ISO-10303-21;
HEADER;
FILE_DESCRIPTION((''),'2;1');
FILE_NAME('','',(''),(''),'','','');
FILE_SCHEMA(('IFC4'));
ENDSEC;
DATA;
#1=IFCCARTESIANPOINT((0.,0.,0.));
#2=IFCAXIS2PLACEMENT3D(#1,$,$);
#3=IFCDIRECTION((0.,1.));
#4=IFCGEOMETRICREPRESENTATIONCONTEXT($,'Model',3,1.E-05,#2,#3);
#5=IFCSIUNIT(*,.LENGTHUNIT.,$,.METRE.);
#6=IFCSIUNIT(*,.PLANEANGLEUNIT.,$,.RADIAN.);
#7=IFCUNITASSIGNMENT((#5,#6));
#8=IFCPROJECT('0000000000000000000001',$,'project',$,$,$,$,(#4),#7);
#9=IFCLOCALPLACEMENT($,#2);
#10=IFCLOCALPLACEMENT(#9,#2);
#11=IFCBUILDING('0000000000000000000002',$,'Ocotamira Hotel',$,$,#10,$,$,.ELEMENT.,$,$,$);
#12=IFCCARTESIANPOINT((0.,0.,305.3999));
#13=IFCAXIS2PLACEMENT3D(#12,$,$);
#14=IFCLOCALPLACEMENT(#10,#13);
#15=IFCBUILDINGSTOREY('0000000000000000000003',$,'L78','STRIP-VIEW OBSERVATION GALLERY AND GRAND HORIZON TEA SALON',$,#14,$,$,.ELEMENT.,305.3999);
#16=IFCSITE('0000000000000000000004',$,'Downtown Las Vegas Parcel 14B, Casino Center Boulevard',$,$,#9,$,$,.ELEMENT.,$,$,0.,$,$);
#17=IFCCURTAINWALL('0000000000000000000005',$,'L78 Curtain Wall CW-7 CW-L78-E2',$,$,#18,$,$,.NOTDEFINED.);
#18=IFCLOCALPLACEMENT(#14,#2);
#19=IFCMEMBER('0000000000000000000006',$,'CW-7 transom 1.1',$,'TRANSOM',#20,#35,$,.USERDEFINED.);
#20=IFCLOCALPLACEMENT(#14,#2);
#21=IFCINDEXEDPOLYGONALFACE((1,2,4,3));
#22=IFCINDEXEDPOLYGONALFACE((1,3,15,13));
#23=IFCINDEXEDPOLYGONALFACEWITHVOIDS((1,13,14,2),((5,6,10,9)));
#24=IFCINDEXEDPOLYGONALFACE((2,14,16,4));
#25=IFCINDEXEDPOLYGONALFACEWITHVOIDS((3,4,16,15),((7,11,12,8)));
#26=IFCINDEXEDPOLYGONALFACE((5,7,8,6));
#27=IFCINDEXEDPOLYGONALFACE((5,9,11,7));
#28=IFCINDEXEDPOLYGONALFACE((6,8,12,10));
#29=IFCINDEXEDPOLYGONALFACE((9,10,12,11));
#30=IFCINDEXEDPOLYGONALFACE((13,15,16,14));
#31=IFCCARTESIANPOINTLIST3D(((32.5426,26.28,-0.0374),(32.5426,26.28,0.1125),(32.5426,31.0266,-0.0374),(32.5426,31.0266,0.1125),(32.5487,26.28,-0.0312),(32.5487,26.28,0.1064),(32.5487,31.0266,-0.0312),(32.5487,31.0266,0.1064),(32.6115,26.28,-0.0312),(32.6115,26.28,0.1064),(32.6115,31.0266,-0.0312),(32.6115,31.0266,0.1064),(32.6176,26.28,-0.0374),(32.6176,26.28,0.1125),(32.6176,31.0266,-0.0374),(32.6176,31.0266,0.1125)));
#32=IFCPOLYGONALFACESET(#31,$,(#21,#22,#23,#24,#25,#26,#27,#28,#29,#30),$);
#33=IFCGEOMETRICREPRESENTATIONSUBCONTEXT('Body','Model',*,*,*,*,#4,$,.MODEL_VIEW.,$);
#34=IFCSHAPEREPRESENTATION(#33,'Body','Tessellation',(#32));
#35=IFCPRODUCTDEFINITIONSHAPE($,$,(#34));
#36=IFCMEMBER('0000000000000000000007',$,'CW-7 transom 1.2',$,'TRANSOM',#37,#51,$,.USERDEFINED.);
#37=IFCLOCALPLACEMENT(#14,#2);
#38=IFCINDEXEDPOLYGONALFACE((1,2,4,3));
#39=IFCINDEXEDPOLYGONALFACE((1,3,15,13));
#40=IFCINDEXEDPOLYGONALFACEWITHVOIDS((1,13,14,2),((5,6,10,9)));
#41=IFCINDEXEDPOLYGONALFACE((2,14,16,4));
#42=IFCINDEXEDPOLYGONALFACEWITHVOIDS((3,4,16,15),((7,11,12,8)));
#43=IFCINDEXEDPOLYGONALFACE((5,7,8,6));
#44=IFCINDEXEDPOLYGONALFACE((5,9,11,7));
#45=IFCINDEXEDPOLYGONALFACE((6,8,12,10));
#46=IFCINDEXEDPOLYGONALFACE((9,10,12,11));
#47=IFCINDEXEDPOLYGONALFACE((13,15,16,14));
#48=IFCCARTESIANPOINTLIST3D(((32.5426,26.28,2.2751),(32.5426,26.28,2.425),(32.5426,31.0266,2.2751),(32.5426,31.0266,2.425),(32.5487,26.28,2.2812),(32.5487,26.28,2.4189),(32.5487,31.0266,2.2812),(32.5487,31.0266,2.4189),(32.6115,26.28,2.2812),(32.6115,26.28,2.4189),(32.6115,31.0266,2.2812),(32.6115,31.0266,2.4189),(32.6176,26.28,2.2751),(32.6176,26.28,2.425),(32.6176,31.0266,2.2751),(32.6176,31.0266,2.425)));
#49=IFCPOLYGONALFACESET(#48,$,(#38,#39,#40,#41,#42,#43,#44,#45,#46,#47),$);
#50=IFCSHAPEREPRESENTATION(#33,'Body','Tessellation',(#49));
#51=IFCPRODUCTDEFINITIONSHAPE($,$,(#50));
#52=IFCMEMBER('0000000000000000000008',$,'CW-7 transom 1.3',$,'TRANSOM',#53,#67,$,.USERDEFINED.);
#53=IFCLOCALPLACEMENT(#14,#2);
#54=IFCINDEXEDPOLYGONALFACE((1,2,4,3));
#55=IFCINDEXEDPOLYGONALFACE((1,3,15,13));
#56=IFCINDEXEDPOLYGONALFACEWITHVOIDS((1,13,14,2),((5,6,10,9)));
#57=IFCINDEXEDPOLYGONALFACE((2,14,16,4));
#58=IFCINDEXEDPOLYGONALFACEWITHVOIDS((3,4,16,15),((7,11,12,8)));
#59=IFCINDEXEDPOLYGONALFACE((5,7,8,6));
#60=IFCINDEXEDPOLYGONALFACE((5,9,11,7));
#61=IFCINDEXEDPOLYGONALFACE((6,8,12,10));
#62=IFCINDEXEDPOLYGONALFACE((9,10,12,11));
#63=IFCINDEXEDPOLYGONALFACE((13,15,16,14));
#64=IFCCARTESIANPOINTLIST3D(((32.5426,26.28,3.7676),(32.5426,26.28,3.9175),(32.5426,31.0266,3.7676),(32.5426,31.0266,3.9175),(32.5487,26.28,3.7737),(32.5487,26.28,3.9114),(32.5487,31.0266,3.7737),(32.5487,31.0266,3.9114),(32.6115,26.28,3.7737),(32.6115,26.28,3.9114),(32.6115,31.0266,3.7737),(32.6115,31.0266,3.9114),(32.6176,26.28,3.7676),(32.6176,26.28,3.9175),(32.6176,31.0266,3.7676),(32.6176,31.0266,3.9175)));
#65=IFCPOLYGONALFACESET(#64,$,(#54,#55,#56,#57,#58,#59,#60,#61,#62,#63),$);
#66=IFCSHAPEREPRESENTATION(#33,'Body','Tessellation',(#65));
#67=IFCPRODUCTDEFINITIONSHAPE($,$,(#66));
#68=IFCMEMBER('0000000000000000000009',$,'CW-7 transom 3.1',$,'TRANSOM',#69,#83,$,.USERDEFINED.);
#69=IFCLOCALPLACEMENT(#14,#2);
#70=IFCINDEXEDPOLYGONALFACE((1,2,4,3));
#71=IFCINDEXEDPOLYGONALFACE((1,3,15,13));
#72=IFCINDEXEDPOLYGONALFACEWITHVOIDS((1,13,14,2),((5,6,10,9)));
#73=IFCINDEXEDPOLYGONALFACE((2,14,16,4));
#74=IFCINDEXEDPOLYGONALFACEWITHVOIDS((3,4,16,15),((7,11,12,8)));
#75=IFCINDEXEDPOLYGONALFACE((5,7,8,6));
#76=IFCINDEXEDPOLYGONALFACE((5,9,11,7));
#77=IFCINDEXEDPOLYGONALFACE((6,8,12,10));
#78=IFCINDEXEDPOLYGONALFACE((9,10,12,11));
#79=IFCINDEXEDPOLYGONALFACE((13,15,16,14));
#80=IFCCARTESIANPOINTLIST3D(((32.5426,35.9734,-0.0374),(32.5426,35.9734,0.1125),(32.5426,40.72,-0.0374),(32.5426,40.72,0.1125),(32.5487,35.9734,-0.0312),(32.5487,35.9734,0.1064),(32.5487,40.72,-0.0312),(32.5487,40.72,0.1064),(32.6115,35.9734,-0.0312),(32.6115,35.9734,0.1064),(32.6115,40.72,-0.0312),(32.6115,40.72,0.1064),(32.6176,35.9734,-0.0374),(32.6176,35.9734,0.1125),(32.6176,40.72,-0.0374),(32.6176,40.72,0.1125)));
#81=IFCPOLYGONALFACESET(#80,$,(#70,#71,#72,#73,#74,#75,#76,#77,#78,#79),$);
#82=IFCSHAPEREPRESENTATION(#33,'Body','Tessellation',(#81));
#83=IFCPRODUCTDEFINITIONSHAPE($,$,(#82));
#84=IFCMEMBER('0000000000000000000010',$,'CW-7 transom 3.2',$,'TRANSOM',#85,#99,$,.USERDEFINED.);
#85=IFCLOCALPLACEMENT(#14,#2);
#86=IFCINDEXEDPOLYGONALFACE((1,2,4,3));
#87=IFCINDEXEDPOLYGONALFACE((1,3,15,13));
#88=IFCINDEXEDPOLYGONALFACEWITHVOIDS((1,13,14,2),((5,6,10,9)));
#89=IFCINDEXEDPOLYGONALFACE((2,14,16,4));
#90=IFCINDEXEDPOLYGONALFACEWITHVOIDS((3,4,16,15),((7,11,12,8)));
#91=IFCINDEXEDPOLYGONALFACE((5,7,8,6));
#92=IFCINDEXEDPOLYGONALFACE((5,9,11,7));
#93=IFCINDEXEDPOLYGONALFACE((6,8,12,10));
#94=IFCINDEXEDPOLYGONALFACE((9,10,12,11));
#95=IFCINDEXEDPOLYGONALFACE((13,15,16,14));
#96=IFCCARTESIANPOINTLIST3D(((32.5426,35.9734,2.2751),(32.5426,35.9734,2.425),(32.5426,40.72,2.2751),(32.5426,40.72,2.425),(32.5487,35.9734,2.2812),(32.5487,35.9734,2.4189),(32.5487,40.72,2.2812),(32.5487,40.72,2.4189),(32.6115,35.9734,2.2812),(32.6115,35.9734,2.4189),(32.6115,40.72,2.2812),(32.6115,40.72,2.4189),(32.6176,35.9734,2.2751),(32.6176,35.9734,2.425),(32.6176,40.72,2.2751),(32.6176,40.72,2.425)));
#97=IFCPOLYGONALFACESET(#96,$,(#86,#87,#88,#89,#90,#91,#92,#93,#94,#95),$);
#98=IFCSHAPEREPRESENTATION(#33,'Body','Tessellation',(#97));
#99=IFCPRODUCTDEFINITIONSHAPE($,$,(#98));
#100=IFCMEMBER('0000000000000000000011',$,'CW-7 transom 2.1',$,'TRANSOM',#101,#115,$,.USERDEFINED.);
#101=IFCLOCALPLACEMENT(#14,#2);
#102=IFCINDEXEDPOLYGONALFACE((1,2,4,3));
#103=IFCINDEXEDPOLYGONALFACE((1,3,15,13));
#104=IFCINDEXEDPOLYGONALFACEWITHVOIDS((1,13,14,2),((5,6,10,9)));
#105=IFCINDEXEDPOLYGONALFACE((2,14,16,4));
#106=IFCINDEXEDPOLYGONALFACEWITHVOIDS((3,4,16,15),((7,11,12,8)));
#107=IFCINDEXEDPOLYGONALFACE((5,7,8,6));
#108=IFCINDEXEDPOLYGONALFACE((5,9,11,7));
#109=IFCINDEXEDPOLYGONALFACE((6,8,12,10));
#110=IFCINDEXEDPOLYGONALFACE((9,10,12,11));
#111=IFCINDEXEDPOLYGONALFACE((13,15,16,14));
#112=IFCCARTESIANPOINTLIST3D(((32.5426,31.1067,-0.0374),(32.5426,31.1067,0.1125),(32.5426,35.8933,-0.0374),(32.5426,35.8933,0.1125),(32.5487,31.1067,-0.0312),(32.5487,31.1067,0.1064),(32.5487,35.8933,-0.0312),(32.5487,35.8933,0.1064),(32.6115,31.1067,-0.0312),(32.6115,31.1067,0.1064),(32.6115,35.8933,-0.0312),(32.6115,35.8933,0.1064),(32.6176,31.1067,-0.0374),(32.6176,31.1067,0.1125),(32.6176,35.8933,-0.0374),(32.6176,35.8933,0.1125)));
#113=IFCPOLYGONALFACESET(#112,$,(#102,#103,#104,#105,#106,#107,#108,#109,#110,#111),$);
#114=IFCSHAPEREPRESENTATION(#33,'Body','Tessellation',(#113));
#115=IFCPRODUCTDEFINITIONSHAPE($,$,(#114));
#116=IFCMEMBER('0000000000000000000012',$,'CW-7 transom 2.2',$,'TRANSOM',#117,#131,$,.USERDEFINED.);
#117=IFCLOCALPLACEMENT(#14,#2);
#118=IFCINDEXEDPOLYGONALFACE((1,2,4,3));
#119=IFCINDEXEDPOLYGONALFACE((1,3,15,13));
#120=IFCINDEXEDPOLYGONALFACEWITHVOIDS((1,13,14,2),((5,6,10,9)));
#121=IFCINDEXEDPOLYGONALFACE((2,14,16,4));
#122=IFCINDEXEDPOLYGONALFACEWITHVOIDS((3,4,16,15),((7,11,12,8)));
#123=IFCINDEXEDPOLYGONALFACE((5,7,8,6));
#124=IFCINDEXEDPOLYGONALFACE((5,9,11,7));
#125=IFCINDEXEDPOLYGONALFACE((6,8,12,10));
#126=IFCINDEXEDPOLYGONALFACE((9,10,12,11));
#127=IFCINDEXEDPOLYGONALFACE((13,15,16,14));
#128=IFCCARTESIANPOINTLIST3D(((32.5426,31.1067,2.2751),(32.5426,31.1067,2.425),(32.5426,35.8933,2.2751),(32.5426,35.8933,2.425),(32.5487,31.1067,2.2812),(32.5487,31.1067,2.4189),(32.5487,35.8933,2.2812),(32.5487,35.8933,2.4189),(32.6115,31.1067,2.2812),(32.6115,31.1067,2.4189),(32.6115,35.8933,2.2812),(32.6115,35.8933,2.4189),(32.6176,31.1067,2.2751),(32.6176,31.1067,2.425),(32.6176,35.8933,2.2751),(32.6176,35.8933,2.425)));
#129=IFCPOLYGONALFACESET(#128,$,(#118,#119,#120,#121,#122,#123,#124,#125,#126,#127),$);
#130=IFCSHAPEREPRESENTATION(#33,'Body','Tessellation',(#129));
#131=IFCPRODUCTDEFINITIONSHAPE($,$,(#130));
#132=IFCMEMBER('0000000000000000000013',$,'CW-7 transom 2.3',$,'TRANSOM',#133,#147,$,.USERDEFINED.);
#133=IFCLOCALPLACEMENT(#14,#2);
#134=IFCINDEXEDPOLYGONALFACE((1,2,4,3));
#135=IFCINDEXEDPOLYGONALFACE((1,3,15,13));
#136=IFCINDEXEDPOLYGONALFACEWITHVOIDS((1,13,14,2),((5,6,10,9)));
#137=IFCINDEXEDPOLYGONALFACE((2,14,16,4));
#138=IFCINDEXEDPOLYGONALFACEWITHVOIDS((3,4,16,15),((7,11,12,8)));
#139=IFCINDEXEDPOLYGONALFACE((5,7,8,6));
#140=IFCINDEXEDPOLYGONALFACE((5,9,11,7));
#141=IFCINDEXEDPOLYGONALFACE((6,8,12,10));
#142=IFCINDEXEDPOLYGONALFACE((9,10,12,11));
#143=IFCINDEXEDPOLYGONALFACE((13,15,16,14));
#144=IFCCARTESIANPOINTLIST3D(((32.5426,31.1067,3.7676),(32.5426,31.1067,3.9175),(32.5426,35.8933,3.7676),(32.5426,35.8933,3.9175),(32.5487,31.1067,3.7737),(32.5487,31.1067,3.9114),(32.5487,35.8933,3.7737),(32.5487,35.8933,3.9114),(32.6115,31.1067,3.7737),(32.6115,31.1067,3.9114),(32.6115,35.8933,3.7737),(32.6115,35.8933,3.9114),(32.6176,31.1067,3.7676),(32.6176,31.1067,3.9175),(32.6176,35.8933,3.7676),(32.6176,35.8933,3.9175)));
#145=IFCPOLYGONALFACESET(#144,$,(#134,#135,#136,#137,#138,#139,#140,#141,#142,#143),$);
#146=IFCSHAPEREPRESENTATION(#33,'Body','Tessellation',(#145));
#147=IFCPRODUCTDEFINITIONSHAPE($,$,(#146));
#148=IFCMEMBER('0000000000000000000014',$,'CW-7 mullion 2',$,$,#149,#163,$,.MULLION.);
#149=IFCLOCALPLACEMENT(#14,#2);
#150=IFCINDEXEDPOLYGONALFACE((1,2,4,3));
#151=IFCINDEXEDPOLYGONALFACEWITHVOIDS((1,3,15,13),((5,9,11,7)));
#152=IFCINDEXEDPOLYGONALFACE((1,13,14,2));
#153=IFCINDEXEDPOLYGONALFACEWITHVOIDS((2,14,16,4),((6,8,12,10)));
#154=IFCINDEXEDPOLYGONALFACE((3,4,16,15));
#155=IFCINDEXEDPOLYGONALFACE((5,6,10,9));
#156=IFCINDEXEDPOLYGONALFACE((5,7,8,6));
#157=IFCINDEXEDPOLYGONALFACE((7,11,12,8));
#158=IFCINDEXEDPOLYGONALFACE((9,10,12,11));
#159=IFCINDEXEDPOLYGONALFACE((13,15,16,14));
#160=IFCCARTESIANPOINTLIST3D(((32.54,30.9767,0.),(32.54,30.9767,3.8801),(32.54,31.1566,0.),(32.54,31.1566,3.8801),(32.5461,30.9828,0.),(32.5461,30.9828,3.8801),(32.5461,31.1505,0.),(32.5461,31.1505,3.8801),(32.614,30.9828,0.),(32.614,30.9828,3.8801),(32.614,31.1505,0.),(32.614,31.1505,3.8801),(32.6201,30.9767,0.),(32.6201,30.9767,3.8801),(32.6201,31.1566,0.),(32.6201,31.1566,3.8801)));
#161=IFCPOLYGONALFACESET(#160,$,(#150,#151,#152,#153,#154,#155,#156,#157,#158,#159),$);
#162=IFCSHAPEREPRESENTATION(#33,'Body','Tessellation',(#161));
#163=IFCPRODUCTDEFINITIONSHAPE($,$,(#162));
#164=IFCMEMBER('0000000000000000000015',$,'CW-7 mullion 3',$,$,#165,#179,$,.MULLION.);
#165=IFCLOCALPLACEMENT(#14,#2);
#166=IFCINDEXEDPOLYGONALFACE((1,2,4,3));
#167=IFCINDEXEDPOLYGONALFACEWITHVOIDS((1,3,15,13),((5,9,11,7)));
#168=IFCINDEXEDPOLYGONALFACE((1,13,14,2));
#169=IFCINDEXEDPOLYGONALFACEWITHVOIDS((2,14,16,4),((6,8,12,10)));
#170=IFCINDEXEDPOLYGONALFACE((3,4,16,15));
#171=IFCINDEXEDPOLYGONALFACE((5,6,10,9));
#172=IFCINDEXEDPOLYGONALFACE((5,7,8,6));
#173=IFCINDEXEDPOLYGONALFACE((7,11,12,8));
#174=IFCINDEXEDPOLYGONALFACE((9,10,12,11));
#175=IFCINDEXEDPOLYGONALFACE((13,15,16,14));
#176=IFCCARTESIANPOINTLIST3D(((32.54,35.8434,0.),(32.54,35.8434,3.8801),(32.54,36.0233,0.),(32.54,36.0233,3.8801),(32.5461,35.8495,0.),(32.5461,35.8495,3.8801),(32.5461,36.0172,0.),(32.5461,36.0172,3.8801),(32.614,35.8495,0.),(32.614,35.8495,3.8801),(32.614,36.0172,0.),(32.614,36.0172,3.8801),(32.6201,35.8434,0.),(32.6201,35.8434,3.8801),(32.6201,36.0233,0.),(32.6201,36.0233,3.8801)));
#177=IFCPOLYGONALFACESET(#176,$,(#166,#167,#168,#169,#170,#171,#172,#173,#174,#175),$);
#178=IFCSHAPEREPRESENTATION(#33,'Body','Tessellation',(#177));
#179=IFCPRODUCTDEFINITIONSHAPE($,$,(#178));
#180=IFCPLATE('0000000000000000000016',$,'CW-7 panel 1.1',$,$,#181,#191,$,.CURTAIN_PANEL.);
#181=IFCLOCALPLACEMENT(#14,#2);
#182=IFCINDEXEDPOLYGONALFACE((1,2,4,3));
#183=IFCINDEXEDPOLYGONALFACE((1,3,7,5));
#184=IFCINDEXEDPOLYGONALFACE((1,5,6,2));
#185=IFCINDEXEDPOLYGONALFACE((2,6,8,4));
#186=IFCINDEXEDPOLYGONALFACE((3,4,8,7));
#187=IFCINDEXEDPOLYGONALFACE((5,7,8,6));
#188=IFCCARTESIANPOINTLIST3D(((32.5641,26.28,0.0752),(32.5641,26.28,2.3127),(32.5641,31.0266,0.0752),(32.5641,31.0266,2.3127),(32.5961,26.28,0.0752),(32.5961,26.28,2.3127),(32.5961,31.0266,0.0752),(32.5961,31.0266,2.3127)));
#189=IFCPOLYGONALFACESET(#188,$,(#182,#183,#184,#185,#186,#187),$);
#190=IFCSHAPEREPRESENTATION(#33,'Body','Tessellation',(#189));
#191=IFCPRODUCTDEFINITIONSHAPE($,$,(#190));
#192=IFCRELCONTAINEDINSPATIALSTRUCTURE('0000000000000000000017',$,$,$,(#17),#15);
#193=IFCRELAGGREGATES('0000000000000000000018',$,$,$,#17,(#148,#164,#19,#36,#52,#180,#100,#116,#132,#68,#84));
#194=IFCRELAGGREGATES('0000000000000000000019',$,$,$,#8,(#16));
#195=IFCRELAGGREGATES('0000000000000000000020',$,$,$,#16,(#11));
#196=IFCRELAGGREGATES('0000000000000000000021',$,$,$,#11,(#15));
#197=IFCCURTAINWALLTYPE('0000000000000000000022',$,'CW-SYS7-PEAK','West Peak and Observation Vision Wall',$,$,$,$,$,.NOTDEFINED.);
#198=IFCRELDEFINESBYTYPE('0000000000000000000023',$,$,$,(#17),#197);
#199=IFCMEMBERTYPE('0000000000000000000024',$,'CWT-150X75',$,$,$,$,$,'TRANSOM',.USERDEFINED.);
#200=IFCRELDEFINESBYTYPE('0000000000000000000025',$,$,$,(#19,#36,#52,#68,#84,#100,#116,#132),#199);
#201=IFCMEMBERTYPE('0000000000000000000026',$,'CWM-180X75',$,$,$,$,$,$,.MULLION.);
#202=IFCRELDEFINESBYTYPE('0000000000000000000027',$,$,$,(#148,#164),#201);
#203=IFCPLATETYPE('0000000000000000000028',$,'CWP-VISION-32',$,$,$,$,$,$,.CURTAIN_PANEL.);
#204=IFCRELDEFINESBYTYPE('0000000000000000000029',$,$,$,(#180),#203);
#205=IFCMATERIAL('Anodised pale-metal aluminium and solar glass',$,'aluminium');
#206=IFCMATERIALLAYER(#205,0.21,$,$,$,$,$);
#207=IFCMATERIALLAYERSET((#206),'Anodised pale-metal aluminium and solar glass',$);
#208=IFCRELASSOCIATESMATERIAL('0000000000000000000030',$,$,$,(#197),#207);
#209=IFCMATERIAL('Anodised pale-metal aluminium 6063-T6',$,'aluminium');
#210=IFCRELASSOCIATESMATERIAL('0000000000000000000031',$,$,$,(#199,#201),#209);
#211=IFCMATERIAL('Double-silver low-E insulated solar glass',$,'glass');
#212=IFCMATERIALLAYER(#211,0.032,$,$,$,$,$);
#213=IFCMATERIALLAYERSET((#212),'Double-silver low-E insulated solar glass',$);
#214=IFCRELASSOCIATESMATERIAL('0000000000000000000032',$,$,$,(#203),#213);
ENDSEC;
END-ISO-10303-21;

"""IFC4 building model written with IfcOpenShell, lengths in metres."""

from ifc_helpers import new_model, si_unit, direction, frame, origin, origin_2d, place, context, subcontext, project, spatial, rectangle, hollow_rectangle, extrude, source, transform, mapped, material, layer, layer_set, material_profile, profile_set, type_object, element, aggregate, save


model = new_model("IFC4")

# Units and contexts
model_context = context("Model", 3, precision=1e-05, world=origin(), true_north=direction((0.0, 1.0)))
body_context = subcontext(model_context, "Body", "Model", "MODEL_VIEW")
ifc_project = project(units=[si_unit("LENGTHUNIT", "METRE"), si_unit("PLANEANGLEUNIT", "RADIAN")], contexts=[model_context])

# Site, building, storey
site_placement = place(None, origin())
site = spatial("IfcSite", under=ifc_project, at=site_placement, Name="Downtown Las Vegas Parcel 14B, Casino Center Boulevard", CompositionType="ELEMENT", RefElevation=0.0)
building_placement = place(site_placement, origin())
building = spatial("IfcBuilding", under=site, at=building_placement, Name="Ocotamira Hotel", CompositionType="ELEMENT")
storey_placement = place(building_placement, frame((0.0, 0.0, 305.3999)))
storey = spatial("IfcBuildingStorey", under=building, at=storey_placement, Name="L78", Description="STRIP-VIEW OBSERVATION GALLERY AND GRAND HORIZON TEA SALON", CompositionType="ELEMENT", Elevation=305.3999)

# Curtain wall, members, plate
ifc_material_1 = material(Name="Anodised pale-metal aluminium and solar glass", Category="aluminium")
ifc_layer_1 = layer(ifc_material_1, 0.21)
ifc_layer_set_1 = layer_set([ifc_layer_1], Name="Anodised pale-metal aluminium and solar glass")
curtain_wall_type = type_object("IfcCurtainWallType", Name="CW-SYS7-PEAK", Description="West Peak and Observation Vision Wall", PredefinedType="NOTDEFINED", material=ifc_layer_set_1)
curtain_wall_placement = place(storey_placement, origin())
curtain_wall = element("IfcCurtainWall", 1, at=curtain_wall_placement, inside=storey, type_object=curtain_wall_type, Name="L78 Curtain Wall CW-7 CW-L78-E2", PredefinedType="NOTDEFINED")
ifc_material_2 = material(Name="Anodised pale-metal aluminium 6063-T6", Category="aluminium")
ifc_material_profile_1 = material_profile(ifc_material_2, hollow_rectangle(XDim=0.075, YDim=0.1499, WallThickness=0.0061, at=origin_2d()), Name="HSS150X75X6")
ifc_profile_set_1 = profile_set([ifc_material_profile_1], Name="Anodised pale-metal aluminium 6063-T6")
member_type_1 = type_object("IfcMemberType", Name="CWT-150X75", ElementType="TRANSOM", PredefinedType="USERDEFINED", material=ifc_profile_set_1)
shared_shape_1 = source(origin(), body_context, "Body", "SweptSolid", [
    extrude(hollow_rectangle(XDim=0.075, YDim=0.1499, WallThickness=0.0061, at=origin_2d()), origin(), (0.0, 0.0, 1.0), 4.7466),
])
member_1_placement = place(storey_placement, frame((32.5801, 26.28, 0.0376), z_axis=(0.0, 1.0, 0.0), x_axis=(-1.0, 0.0, 0.0)))
member_1 = element("IfcMember", 2, at=member_1_placement, type_object=member_type_1, Name="CW-7 transom 1.1", ObjectType="TRANSOM", PredefinedType="USERDEFINED", context=body_context, shape_type="MappedRepresentation", body=[
    mapped(shared_shape_1, transform((0.0, 0.0, 0.0), scale=1.0)),
])
member_2_placement = place(storey_placement, frame((32.5801, 26.28, 2.3501), z_axis=(0.0, 1.0, 0.0), x_axis=(-1.0, 0.0, 0.0)))
member_2 = element("IfcMember", 3, at=member_2_placement, type_object=member_type_1, Name="CW-7 transom 1.2", ObjectType="TRANSOM", PredefinedType="USERDEFINED", context=body_context, shape_type="MappedRepresentation", body=[
    mapped(shared_shape_1, transform((0.0, 0.0, 0.0), scale=1.0)),
])
member_3_placement = place(storey_placement, frame((32.5801, 26.28, 3.8425), z_axis=(0.0, 1.0, 0.0), x_axis=(-1.0, 0.0, 0.0)))
member_3 = element("IfcMember", 4, at=member_3_placement, type_object=member_type_1, Name="CW-7 transom 1.3", ObjectType="TRANSOM", PredefinedType="USERDEFINED", context=body_context, shape_type="MappedRepresentation", body=[
    mapped(shared_shape_1, transform((0.0, 0.0, 0.0), scale=1.0)),
])
member_4_placement = place(storey_placement, frame((32.5801, 35.9734, 0.0376), z_axis=(0.0, 1.0, 0.0), x_axis=(-1.0, 0.0, 0.0)))
member_4 = element("IfcMember", 5, at=member_4_placement, type_object=member_type_1, Name="CW-7 transom 3.1", ObjectType="TRANSOM", PredefinedType="USERDEFINED", context=body_context, shape_type="MappedRepresentation", body=[
    mapped(shared_shape_1, transform((0.0, 0.0, 0.0), scale=1.0)),
])
member_5_placement = place(storey_placement, frame((32.5801, 35.9734, 2.3501), z_axis=(0.0, 1.0, 0.0), x_axis=(-1.0, 0.0, 0.0)))
member_5 = element("IfcMember", 6, at=member_5_placement, type_object=member_type_1, Name="CW-7 transom 3.2", ObjectType="TRANSOM", PredefinedType="USERDEFINED", context=body_context, shape_type="MappedRepresentation", body=[
    mapped(shared_shape_1, transform((0.0, 0.0, 0.0), scale=1.0)),
])
shared_shape_2 = source(origin(), body_context, "Body", "SweptSolid", [
    extrude(hollow_rectangle(XDim=0.075, YDim=0.1499, WallThickness=0.0061, at=origin_2d()), origin(), (0.0, 0.0, 1.0), 4.7866),
])
member_6_placement = place(storey_placement, frame((32.5801, 31.1067, 0.0376), z_axis=(0.0, 1.0, 0.0), x_axis=(-1.0, 0.0, 0.0)))
member_6 = element("IfcMember", 7, at=member_6_placement, type_object=member_type_1, Name="CW-7 transom 2.1", ObjectType="TRANSOM", PredefinedType="USERDEFINED", context=body_context, shape_type="MappedRepresentation", body=[
    mapped(shared_shape_2, transform((0.0, 0.0, 0.0), scale=1.0)),
])
member_7_placement = place(storey_placement, frame((32.5801, 31.1067, 2.3501), z_axis=(0.0, 1.0, 0.0), x_axis=(-1.0, 0.0, 0.0)))
member_7 = element("IfcMember", 8, at=member_7_placement, type_object=member_type_1, Name="CW-7 transom 2.2", ObjectType="TRANSOM", PredefinedType="USERDEFINED", context=body_context, shape_type="MappedRepresentation", body=[
    mapped(shared_shape_2, transform((0.0, 0.0, 0.0), scale=1.0)),
])
member_8_placement = place(storey_placement, frame((32.5801, 31.1067, 3.8425), z_axis=(0.0, 1.0, 0.0), x_axis=(-1.0, 0.0, 0.0)))
member_8 = element("IfcMember", 9, at=member_8_placement, type_object=member_type_1, Name="CW-7 transom 2.3", ObjectType="TRANSOM", PredefinedType="USERDEFINED", context=body_context, shape_type="MappedRepresentation", body=[
    mapped(shared_shape_2, transform((0.0, 0.0, 0.0), scale=1.0)),
])
ifc_material_profile_2 = material_profile(ifc_material_2, hollow_rectangle(XDim=0.0801, YDim=0.1799, WallThickness=0.0061, at=origin_2d()), Name="HSS180X80X6")
ifc_profile_set_2 = profile_set([ifc_material_profile_2], Name="Anodised pale-metal aluminium 6063-T6")
member_type_2 = type_object("IfcMemberType", Name="CWM-180X75", PredefinedType="MULLION", material=ifc_profile_set_2)
shared_shape_3 = source(origin(), body_context, "Body", "SweptSolid", [
    extrude(hollow_rectangle(XDim=0.0801, YDim=0.1799, WallThickness=0.0061, at=origin_2d()), origin(), (0.0, 0.0, 1.0), 3.8801),
])
member_9_placement = place(storey_placement, frame((32.5801, 31.0667, 0.0), z_axis=(0.0, 0.0, 1.0), x_axis=(-1.0, 0.0, 0.0)))
member_9 = element("IfcMember", 10, at=member_9_placement, type_object=member_type_2, Name="CW-7 mullion 2", PredefinedType="MULLION", context=body_context, shape_type="MappedRepresentation", body=[
    mapped(shared_shape_3, transform((0.0, 0.0, 0.0), scale=1.0)),
])
member_10_placement = place(storey_placement, frame((32.5801, 35.9333, 0.0), z_axis=(0.0, 0.0, 1.0), x_axis=(-1.0, 0.0, 0.0)))
member_10 = element("IfcMember", 11, at=member_10_placement, type_object=member_type_2, Name="CW-7 mullion 3", PredefinedType="MULLION", context=body_context, shape_type="MappedRepresentation", body=[
    mapped(shared_shape_3, transform((0.0, 0.0, 0.0), scale=1.0)),
])
ifc_material_3 = material(Name="Double-silver low-E insulated solar glass", Category="glass")
ifc_layer_2 = layer(ifc_material_3, 0.032)
ifc_layer_set_2 = layer_set([ifc_layer_2], Name="Double-silver low-E insulated solar glass")
plate_type = type_object("IfcPlateType", Name="CWP-VISION-32", PredefinedType="CURTAIN_PANEL", material=ifc_layer_set_2)
shared_shape_4 = source(origin(), body_context, "Body", "SweptSolid", [
    extrude(rectangle(XDim=4.7466, YDim=0.032, at=origin_2d()), origin(), (0.0, 0.0, 1.0), 2.2375),
])
plate_1_placement = place(storey_placement, frame((32.5801, 28.6533, 0.0752), z_axis=(0.0, 0.0, 1.0), x_axis=(0.0, 1.0, 0.0)))
plate_1 = element("IfcPlate", 12, at=plate_1_placement, type_object=plate_type, Name="CW-7 panel 1.1", PredefinedType="CURTAIN_PANEL", context=body_context, shape_type="MappedRepresentation", body=[
    mapped(shared_shape_4, transform((0.0, 0.0, 0.0), scale=1.0)),
])
aggregate(curtain_wall, [member_9, member_10, member_1, member_2, member_3, plate_1, member_6, member_7, member_8, member_4, member_5])

save(model, "model.ifc")
